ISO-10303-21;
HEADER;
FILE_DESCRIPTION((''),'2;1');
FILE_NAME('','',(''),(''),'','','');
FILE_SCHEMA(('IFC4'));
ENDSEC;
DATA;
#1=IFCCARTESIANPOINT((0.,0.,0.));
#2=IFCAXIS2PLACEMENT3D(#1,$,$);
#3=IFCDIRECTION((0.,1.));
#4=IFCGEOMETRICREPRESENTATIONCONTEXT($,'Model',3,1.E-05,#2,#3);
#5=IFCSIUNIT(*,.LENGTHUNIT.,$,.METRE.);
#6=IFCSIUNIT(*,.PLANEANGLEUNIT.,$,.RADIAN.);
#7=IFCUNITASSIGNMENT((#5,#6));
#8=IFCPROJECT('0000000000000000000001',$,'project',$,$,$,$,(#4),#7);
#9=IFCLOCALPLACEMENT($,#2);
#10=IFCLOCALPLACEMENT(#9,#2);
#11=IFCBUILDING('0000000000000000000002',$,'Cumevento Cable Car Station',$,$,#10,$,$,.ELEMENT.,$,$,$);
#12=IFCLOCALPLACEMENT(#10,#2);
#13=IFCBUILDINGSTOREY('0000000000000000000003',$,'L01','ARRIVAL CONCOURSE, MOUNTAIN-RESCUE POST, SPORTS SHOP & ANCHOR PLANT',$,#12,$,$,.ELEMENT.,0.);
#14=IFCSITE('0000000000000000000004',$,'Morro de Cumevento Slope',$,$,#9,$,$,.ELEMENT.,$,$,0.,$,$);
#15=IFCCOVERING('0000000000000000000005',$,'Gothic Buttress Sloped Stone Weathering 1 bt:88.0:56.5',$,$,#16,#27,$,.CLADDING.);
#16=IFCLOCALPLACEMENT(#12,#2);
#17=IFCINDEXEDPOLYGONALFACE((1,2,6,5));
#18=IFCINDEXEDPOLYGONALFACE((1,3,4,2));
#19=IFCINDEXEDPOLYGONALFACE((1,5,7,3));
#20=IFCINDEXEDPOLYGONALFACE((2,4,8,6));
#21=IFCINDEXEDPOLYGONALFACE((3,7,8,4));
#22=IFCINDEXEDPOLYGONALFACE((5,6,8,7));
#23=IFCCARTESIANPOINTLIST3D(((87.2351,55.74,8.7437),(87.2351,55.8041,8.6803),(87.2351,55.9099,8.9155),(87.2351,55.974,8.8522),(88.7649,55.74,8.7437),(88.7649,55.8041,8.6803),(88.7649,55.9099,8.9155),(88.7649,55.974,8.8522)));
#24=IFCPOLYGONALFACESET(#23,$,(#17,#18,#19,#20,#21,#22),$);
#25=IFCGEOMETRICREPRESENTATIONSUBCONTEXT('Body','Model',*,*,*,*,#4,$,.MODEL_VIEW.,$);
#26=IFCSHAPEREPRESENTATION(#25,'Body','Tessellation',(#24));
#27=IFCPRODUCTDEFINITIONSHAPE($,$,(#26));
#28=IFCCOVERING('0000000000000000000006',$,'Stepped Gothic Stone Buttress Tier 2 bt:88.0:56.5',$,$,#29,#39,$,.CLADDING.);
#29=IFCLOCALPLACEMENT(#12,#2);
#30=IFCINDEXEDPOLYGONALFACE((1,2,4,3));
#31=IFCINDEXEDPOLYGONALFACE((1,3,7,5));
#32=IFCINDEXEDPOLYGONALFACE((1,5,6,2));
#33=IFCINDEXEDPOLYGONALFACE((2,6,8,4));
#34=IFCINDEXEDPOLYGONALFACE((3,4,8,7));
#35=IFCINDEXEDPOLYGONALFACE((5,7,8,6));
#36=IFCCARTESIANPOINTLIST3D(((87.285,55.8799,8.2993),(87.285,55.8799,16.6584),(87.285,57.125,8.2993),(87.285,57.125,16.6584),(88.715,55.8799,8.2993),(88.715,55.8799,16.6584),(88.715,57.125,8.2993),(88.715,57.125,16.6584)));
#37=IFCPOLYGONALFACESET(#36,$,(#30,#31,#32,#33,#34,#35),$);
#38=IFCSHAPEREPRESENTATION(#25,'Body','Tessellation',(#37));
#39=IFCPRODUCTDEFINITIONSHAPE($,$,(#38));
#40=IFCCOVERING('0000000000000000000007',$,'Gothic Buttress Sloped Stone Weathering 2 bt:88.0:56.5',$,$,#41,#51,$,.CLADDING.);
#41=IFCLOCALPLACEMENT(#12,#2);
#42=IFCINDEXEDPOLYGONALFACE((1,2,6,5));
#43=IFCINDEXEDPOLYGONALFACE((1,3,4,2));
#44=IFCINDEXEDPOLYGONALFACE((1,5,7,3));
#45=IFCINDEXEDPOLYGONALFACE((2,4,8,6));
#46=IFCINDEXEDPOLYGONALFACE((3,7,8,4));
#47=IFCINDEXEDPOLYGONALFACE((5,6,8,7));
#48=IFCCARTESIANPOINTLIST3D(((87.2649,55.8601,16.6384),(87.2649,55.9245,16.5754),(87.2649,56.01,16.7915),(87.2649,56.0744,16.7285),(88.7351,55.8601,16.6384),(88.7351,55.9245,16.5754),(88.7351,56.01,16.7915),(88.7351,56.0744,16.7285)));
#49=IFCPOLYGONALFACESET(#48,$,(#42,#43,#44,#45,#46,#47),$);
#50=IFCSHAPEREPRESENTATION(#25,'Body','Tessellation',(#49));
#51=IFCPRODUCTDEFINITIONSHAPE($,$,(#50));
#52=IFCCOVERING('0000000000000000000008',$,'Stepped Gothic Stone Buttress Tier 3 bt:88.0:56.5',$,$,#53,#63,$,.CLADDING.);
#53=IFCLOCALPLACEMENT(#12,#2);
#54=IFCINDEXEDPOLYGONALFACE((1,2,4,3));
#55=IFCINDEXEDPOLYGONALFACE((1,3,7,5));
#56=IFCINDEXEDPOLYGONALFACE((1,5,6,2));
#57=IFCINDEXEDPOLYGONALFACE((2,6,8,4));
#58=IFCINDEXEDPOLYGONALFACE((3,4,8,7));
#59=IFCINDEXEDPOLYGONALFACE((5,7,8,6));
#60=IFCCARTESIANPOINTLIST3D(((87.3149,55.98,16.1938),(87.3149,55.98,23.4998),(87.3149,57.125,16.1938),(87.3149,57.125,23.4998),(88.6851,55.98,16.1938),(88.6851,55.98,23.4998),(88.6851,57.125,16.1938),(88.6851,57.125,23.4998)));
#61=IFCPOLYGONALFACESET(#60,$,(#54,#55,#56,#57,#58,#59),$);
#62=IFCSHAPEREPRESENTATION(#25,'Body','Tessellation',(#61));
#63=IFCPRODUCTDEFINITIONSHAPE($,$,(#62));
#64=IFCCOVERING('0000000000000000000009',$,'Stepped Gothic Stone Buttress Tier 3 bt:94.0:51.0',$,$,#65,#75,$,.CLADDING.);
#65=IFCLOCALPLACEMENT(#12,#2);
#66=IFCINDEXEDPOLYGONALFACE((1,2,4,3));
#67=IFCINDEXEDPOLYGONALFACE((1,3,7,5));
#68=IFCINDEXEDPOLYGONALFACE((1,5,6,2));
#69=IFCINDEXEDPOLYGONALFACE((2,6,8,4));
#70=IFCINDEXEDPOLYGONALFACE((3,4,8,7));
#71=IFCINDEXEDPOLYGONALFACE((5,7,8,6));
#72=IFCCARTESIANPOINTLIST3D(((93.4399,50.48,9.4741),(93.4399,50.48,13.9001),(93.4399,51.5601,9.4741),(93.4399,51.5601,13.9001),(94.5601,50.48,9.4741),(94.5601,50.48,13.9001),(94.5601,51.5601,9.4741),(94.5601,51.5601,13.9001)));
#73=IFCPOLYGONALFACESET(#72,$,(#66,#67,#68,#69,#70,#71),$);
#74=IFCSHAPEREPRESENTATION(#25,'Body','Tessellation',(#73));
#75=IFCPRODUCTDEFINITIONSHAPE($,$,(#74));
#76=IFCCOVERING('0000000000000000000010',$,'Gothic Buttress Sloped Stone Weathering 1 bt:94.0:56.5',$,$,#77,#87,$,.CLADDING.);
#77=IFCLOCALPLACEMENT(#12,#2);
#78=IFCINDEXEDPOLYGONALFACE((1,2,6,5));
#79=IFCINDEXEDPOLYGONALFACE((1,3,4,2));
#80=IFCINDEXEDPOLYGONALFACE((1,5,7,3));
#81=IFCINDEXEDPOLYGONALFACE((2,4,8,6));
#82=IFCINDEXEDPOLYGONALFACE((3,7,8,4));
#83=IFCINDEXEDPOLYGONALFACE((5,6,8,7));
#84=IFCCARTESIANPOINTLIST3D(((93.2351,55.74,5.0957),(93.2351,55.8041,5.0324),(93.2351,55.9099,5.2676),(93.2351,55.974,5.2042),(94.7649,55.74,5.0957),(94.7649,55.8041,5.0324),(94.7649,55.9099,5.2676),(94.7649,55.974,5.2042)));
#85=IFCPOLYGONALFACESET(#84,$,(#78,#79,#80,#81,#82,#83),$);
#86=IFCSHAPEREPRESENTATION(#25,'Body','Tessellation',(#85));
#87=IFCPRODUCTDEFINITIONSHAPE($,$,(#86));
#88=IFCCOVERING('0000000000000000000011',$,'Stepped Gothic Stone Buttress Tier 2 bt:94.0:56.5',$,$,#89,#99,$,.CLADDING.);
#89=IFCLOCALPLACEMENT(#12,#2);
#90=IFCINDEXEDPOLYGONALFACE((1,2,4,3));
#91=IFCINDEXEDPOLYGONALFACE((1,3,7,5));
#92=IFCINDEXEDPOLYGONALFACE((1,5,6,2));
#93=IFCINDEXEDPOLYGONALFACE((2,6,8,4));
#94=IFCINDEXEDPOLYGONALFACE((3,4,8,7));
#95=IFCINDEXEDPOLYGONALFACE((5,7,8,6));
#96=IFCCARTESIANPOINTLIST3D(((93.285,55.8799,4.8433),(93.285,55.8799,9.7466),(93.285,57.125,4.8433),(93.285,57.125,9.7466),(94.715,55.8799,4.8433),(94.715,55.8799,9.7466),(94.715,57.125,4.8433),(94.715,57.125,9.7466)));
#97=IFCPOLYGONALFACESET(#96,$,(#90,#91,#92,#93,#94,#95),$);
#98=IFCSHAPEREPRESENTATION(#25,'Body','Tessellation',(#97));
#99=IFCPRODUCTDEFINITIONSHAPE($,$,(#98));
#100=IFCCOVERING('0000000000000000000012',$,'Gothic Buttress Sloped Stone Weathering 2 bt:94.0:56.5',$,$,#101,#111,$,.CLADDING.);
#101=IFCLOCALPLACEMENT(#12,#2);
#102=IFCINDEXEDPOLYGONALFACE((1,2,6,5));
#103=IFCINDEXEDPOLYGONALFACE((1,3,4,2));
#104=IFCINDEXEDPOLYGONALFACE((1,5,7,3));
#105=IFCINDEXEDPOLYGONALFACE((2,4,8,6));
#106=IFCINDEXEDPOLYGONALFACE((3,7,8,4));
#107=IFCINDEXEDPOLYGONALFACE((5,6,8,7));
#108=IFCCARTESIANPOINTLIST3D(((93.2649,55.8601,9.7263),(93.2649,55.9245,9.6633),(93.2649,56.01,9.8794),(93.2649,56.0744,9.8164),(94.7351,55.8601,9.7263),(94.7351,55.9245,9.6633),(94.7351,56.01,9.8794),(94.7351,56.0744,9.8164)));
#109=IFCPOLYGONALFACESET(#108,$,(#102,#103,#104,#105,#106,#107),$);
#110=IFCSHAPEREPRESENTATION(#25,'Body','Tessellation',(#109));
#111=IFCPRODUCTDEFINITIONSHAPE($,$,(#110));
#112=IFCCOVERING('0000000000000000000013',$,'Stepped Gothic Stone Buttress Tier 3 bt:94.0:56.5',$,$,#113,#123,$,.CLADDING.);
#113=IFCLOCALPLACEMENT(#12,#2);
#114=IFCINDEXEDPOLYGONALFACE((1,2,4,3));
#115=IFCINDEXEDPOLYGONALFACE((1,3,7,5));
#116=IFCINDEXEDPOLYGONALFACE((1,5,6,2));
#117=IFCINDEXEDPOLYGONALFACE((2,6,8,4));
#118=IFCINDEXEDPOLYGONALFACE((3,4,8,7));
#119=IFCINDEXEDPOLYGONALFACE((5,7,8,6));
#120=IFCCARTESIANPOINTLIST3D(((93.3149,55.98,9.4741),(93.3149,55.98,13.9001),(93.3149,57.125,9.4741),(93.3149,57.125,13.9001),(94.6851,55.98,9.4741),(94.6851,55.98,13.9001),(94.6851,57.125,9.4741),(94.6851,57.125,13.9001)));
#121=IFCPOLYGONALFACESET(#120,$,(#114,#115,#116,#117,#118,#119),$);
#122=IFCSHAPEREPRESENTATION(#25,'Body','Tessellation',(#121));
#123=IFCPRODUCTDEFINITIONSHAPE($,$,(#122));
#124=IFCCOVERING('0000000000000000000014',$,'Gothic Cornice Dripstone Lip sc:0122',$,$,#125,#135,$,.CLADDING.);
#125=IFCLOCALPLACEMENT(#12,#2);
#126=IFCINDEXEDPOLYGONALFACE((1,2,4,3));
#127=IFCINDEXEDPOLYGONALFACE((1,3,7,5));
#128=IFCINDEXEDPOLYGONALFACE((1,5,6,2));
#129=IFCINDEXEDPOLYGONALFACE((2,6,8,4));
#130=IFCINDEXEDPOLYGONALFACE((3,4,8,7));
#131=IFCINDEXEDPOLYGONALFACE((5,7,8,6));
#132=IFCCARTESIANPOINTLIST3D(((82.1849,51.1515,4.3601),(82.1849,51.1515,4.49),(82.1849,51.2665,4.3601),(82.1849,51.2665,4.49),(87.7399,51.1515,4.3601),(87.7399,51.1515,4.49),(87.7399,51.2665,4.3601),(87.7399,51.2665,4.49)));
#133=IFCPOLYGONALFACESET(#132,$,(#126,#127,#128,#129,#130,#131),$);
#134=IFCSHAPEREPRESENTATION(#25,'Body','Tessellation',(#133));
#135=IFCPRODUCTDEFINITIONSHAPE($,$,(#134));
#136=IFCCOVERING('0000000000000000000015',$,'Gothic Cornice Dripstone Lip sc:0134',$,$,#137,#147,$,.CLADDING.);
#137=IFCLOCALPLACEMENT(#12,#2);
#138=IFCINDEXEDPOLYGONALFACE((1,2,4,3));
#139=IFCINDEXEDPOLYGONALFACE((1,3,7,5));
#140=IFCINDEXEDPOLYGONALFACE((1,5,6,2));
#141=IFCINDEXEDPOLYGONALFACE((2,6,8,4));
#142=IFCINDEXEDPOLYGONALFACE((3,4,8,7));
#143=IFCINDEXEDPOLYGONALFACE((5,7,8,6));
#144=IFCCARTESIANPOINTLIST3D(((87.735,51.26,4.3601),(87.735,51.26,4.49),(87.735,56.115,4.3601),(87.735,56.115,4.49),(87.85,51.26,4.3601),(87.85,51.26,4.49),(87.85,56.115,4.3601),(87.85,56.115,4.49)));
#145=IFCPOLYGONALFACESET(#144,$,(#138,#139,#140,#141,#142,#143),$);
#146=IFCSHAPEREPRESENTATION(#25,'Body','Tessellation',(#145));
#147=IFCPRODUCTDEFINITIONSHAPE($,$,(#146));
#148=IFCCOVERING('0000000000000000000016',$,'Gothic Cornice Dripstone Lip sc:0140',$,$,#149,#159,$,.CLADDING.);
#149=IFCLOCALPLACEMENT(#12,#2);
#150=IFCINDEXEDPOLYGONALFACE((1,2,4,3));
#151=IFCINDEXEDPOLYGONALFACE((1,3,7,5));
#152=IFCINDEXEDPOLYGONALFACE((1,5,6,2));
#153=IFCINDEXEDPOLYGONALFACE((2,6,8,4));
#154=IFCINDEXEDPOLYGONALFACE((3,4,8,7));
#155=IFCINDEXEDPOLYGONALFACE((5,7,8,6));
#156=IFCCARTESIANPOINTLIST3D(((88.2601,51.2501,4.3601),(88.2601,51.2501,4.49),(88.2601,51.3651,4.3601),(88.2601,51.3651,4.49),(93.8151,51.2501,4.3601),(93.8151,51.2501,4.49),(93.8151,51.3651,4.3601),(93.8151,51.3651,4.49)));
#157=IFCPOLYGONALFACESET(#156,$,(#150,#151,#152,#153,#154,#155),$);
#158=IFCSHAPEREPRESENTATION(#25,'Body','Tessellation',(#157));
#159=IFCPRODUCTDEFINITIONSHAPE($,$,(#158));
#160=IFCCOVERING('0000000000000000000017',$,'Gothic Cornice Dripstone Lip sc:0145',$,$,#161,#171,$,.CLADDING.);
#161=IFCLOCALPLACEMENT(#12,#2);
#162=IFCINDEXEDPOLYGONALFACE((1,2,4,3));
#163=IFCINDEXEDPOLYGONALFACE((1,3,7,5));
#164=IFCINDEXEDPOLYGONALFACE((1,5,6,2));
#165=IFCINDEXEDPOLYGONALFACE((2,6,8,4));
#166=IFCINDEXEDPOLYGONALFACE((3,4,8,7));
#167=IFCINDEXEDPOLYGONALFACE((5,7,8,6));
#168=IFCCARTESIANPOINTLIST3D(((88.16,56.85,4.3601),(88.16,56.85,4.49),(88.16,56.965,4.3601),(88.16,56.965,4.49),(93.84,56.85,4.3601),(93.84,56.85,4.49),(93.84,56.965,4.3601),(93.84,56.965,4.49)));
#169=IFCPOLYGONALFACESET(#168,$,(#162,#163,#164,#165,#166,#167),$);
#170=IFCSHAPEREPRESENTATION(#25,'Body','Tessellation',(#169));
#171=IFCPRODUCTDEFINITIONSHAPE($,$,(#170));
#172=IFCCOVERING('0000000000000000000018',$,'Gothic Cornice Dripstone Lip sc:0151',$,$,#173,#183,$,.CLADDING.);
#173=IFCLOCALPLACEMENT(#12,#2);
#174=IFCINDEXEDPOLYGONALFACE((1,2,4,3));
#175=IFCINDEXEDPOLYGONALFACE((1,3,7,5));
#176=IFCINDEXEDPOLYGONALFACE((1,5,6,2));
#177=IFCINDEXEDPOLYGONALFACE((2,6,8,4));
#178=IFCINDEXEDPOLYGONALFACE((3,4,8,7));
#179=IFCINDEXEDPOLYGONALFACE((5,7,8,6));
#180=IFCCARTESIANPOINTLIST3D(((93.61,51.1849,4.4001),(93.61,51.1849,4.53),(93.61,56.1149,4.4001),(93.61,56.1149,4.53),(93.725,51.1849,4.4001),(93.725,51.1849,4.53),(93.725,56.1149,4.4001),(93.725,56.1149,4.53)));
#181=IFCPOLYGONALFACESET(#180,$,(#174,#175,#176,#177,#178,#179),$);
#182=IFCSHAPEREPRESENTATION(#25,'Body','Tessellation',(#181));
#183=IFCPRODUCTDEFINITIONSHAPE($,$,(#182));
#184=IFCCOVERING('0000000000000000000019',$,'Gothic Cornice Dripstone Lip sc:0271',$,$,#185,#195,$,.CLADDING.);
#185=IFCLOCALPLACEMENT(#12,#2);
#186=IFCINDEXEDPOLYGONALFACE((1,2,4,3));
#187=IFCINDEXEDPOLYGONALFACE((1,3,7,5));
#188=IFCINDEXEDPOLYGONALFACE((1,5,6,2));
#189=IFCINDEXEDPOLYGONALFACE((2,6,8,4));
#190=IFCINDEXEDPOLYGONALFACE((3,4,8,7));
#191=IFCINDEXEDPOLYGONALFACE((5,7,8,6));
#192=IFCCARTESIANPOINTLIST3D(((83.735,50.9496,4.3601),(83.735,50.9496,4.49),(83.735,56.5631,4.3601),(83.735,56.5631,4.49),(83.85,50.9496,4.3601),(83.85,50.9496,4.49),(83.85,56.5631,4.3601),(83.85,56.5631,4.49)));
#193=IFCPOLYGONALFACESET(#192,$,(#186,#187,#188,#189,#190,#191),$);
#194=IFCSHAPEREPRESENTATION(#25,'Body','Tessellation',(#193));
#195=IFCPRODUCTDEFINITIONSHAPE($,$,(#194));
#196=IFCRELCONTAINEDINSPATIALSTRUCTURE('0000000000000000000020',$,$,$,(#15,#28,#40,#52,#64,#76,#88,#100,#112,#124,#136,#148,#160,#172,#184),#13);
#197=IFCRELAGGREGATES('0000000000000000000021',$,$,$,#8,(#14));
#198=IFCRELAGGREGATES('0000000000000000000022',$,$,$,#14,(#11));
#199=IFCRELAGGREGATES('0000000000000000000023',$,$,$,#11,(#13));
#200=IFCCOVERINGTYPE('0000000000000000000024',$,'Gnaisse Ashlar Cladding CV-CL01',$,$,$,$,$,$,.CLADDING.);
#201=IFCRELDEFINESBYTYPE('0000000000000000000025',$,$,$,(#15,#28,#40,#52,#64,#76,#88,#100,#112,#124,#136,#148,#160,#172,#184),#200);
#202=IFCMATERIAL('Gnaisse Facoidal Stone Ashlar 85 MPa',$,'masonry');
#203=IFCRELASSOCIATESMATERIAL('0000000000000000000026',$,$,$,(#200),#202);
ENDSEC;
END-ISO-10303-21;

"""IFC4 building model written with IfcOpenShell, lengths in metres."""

from ifc_helpers import new_model, si_unit, direction, frame, origin, origin_2d, place, context, subcontext, project, spatial, polyline, rectangle, outline, extrude, material, type_object, element, save


model = new_model("IFC4")

# Units and contexts
model_context = context("Model", 3, precision=1e-05, world=origin(), true_north=direction((0.0, 1.0)))
body_context = subcontext(model_context, "Body", "Model", "MODEL_VIEW")
ifc_project = project(units=[si_unit("LENGTHUNIT", "METRE"), si_unit("PLANEANGLEUNIT", "RADIAN")], contexts=[model_context])

# Site, building, storey
site_placement = place(None, origin())
site = spatial("IfcSite", under=ifc_project, at=site_placement, Name="Morro de Cumevento Slope", CompositionType="ELEMENT", RefElevation=0.0)
building_placement = place(site_placement, origin())
building = spatial("IfcBuilding", under=site, at=building_placement, Name="Cumevento Cable Car Station", CompositionType="ELEMENT")
storey_placement = place(building_placement, origin())
storey = spatial("IfcBuildingStorey", under=building, at=storey_placement, Name="L01", Description="ARRIVAL CONCOURSE, MOUNTAIN-RESCUE POST, SPORTS SHOP & ANCHOR PLANT", CompositionType="ELEMENT", Elevation=0.0)

# Coverings
ifc_material = material(Name="Gnaisse Facoidal Stone Ashlar 85 MPa", Category="masonry")
covering_type = type_object("IfcCoveringType", Name="Gnaisse Ashlar Cladding CV-CL01", PredefinedType="CLADDING", material=ifc_material)
covering_1_placement = place(storey_placement, frame((87.2351, 55.74, 8.7437), z_axis=(0.0, -0.711136, 0.703055), x_axis=(1.0, 0.0, 0.0)))
element("IfcCovering", 1, at=covering_1_placement, inside=storey, type_object=covering_type, Name="Gothic Buttress Sloped Stone Weathering 1 bt:88.0:56.5", PredefinedType="CLADDING", context=body_context, shape_type="SweptSolid", body=[
    extrude(outline(polyline([(0.0, 0.0), (1.5298, 0.0), (1.5298, 0.2417), (0.0, 0.2417), (0.0, 0.0)])), origin(), (0.0, 0.0, -1.0), 0.0901),
])
covering_2_placement = place(storey_placement, frame((88.0, 56.5024, 8.2993), z_axis=(0.0, 0.0, 1.0), x_axis=(1.0, 0.0, 0.0)))
element("IfcCovering", 2, at=covering_2_placement, inside=storey, type_object=covering_type, Name="Stepped Gothic Stone Buttress Tier 2 bt:88.0:56.5", PredefinedType="CLADDING", context=body_context, shape_type="SweptSolid", body=[
    extrude(rectangle(XDim=1.4299, YDim=1.2451, at=origin_2d()), origin(), (0.0, 0.0, 1.0), 8.3591),
])
covering_3_placement = place(storey_placement, frame((87.2649, 55.8601, 16.6384), z_axis=(0.0, -0.714475, 0.699661), x_axis=(1.0, 0.0, 0.0)))
element("IfcCovering", 3, at=covering_3_placement, inside=storey, type_object=covering_type, Name="Gothic Buttress Sloped Stone Weathering 2 bt:88.0:56.5", PredefinedType="CLADDING", context=body_context, shape_type="SweptSolid", body=[
    extrude(outline(polyline([(0.0, 0.0), (1.4702, 0.0), (1.4702, 0.2142), (0.0, 0.2142), (0.0, 0.0)])), origin(), (0.0, 0.0, -1.0), 0.0901),
])
covering_4_placement = place(storey_placement, frame((88.0, 56.5525, 16.1938), z_axis=(0.0, 0.0, 1.0), x_axis=(1.0, 0.0, 0.0)))
element("IfcCovering", 4, at=covering_4_placement, inside=storey, type_object=covering_type, Name="Stepped Gothic Stone Buttress Tier 3 bt:88.0:56.5", PredefinedType="CLADDING", context=body_context, shape_type="SweptSolid", body=[
    extrude(rectangle(XDim=1.3701, YDim=1.145, at=origin_2d()), origin(), (0.0, 0.0, 1.0), 7.3059),
])
covering_5_placement = place(storey_placement, frame((94.0, 51.02, 9.4741), z_axis=(0.0, 0.0, 1.0), x_axis=(1.0, 0.0, 0.0)))
element("IfcCovering", 5, at=covering_5_placement, inside=storey, type_object=covering_type, Name="Stepped Gothic Stone Buttress Tier 3 bt:94.0:51.0", PredefinedType="CLADDING", context=body_context, shape_type="SweptSolid", body=[
    extrude(rectangle(XDim=1.1201, YDim=1.0801, at=origin_2d()), origin(), (0.0, 0.0, 1.0), 4.426),
])
covering_6_placement = place(storey_placement, frame((93.2351, 55.74, 5.0957), z_axis=(0.0, -0.711136, 0.703055), x_axis=(1.0, 0.0, 0.0)))
element("IfcCovering", 6, at=covering_6_placement, inside=storey, type_object=covering_type, Name="Gothic Buttress Sloped Stone Weathering 1 bt:94.0:56.5", PredefinedType="CLADDING", context=body_context, shape_type="SweptSolid", body=[
    extrude(outline(polyline([(0.0, 0.0), (1.5298, 0.0), (1.5298, 0.2417), (0.0, 0.2417), (0.0, 0.0)])), origin(), (0.0, 0.0, -1.0), 0.0901),
])
covering_7_placement = place(storey_placement, frame((94.0, 56.5024, 4.8433), z_axis=(0.0, 0.0, 1.0), x_axis=(1.0, 0.0, 0.0)))
element("IfcCovering", 7, at=covering_7_placement, inside=storey, type_object=covering_type, Name="Stepped Gothic Stone Buttress Tier 2 bt:94.0:56.5", PredefinedType="CLADDING", context=body_context, shape_type="SweptSolid", body=[
    extrude(rectangle(XDim=1.4299, YDim=1.2451, at=origin_2d()), origin(), (0.0, 0.0, 1.0), 4.9033),
])
covering_8_placement = place(storey_placement, frame((93.2649, 55.8601, 9.7263), z_axis=(0.0, -0.714475, 0.699661), x_axis=(1.0, 0.0, 0.0)))
element("IfcCovering", 8, at=covering_8_placement, inside=storey, type_object=covering_type, Name="Gothic Buttress Sloped Stone Weathering 2 bt:94.0:56.5", PredefinedType="CLADDING", context=body_context, shape_type="SweptSolid", body=[
    extrude(outline(polyline([(0.0, 0.0), (1.4702, 0.0), (1.4702, 0.2142), (0.0, 0.2142), (0.0, 0.0)])), origin(), (0.0, 0.0, -1.0), 0.0901),
])
covering_9_placement = place(storey_placement, frame((94.0, 56.5525, 9.4741), z_axis=(0.0, 0.0, 1.0), x_axis=(1.0, 0.0, 0.0)))
element("IfcCovering", 9, at=covering_9_placement, inside=storey, type_object=covering_type, Name="Stepped Gothic Stone Buttress Tier 3 bt:94.0:56.5", PredefinedType="CLADDING", context=body_context, shape_type="SweptSolid", body=[
    extrude(rectangle(XDim=1.3701, YDim=1.145, at=origin_2d()), origin(), (0.0, 0.0, 1.0), 4.426),
])
covering_10_placement = place(storey_placement, frame((84.9624, 51.209, 4.3601), z_axis=(0.0, 0.0, 1.0), x_axis=(1.0, 0.0, 0.0)))
element("IfcCovering", 10, at=covering_10_placement, inside=storey, type_object=covering_type, Name="Gothic Cornice Dripstone Lip sc:0122", PredefinedType="CLADDING", context=body_context, shape_type="SweptSolid", body=[
    extrude(rectangle(XDim=5.5549, YDim=0.115, at=origin_2d()), origin(), (0.0, 0.0, 1.0), 0.1299),
])
covering_11_placement = place(storey_placement, frame((87.7925, 53.6875, 4.3601), z_axis=(0.0, 0.0, 1.0), x_axis=(0.0, 1.0, 0.0)))
element("IfcCovering", 11, at=covering_11_placement, inside=storey, type_object=covering_type, Name="Gothic Cornice Dripstone Lip sc:0134", PredefinedType="CLADDING", context=body_context, shape_type="SweptSolid", body=[
    extrude(rectangle(XDim=4.855, YDim=0.115, at=origin_2d()), origin(), (0.0, 0.0, 1.0), 0.1299),
])
covering_12_placement = place(storey_placement, frame((91.0376, 51.3076, 4.3601), z_axis=(0.0, 0.0, 1.0), x_axis=(1.0, 0.0, 0.0)))
element("IfcCovering", 12, at=covering_12_placement, inside=storey, type_object=covering_type, Name="Gothic Cornice Dripstone Lip sc:0140", PredefinedType="CLADDING", context=body_context, shape_type="SweptSolid", body=[
    extrude(rectangle(XDim=5.5549, YDim=0.115, at=origin_2d()), origin(), (0.0, 0.0, 1.0), 0.1299),
])
covering_13_placement = place(storey_placement, frame((91.0, 56.9075, 4.3601), z_axis=(0.0, 0.0, 1.0), x_axis=(1.0, 0.0, 0.0)))
element("IfcCovering", 13, at=covering_13_placement, inside=storey, type_object=covering_type, Name="Gothic Cornice Dripstone Lip sc:0145", PredefinedType="CLADDING", context=body_context, shape_type="SweptSolid", body=[
    extrude(rectangle(XDim=5.6799, YDim=0.115, at=origin_2d()), origin(), (0.0, 0.0, 1.0), 0.1299),
])
covering_14_placement = place(storey_placement, frame((93.6675, 53.6499, 4.4001), z_axis=(0.0, 0.0, 1.0), x_axis=(0.0, 1.0, 0.0)))
element("IfcCovering", 14, at=covering_14_placement, inside=storey, type_object=covering_type, Name="Gothic Cornice Dripstone Lip sc:0151", PredefinedType="CLADDING", context=body_context, shape_type="SweptSolid", body=[
    extrude(rectangle(XDim=4.9299, YDim=0.115, at=origin_2d()), origin(), (0.0, 0.0, 1.0), 0.1299),
])
for number, where, z_axis, x_axis, name in (
    (15, (83.7925, 53.7563, 4.3601), (0.0, 0.0, 1.0), (0.0, 1.0, 0.0), "Gothic Cornice Dripstone Lip sc:0271"),
):
    element("IfcCovering", number, at=place(storey_placement, frame(where, z_axis=z_axis, x_axis=x_axis)), inside=storey, type_object=covering_type, Name=name, PredefinedType="CLADDING", context=body_context, shape_type="SweptSolid", body=[
        extrude(rectangle(XDim=5.6135, YDim=0.115, at=origin_2d()), origin(), (0.0, 0.0, 1.0), 0.1299),
    ])

save(model, "model.ifc")
